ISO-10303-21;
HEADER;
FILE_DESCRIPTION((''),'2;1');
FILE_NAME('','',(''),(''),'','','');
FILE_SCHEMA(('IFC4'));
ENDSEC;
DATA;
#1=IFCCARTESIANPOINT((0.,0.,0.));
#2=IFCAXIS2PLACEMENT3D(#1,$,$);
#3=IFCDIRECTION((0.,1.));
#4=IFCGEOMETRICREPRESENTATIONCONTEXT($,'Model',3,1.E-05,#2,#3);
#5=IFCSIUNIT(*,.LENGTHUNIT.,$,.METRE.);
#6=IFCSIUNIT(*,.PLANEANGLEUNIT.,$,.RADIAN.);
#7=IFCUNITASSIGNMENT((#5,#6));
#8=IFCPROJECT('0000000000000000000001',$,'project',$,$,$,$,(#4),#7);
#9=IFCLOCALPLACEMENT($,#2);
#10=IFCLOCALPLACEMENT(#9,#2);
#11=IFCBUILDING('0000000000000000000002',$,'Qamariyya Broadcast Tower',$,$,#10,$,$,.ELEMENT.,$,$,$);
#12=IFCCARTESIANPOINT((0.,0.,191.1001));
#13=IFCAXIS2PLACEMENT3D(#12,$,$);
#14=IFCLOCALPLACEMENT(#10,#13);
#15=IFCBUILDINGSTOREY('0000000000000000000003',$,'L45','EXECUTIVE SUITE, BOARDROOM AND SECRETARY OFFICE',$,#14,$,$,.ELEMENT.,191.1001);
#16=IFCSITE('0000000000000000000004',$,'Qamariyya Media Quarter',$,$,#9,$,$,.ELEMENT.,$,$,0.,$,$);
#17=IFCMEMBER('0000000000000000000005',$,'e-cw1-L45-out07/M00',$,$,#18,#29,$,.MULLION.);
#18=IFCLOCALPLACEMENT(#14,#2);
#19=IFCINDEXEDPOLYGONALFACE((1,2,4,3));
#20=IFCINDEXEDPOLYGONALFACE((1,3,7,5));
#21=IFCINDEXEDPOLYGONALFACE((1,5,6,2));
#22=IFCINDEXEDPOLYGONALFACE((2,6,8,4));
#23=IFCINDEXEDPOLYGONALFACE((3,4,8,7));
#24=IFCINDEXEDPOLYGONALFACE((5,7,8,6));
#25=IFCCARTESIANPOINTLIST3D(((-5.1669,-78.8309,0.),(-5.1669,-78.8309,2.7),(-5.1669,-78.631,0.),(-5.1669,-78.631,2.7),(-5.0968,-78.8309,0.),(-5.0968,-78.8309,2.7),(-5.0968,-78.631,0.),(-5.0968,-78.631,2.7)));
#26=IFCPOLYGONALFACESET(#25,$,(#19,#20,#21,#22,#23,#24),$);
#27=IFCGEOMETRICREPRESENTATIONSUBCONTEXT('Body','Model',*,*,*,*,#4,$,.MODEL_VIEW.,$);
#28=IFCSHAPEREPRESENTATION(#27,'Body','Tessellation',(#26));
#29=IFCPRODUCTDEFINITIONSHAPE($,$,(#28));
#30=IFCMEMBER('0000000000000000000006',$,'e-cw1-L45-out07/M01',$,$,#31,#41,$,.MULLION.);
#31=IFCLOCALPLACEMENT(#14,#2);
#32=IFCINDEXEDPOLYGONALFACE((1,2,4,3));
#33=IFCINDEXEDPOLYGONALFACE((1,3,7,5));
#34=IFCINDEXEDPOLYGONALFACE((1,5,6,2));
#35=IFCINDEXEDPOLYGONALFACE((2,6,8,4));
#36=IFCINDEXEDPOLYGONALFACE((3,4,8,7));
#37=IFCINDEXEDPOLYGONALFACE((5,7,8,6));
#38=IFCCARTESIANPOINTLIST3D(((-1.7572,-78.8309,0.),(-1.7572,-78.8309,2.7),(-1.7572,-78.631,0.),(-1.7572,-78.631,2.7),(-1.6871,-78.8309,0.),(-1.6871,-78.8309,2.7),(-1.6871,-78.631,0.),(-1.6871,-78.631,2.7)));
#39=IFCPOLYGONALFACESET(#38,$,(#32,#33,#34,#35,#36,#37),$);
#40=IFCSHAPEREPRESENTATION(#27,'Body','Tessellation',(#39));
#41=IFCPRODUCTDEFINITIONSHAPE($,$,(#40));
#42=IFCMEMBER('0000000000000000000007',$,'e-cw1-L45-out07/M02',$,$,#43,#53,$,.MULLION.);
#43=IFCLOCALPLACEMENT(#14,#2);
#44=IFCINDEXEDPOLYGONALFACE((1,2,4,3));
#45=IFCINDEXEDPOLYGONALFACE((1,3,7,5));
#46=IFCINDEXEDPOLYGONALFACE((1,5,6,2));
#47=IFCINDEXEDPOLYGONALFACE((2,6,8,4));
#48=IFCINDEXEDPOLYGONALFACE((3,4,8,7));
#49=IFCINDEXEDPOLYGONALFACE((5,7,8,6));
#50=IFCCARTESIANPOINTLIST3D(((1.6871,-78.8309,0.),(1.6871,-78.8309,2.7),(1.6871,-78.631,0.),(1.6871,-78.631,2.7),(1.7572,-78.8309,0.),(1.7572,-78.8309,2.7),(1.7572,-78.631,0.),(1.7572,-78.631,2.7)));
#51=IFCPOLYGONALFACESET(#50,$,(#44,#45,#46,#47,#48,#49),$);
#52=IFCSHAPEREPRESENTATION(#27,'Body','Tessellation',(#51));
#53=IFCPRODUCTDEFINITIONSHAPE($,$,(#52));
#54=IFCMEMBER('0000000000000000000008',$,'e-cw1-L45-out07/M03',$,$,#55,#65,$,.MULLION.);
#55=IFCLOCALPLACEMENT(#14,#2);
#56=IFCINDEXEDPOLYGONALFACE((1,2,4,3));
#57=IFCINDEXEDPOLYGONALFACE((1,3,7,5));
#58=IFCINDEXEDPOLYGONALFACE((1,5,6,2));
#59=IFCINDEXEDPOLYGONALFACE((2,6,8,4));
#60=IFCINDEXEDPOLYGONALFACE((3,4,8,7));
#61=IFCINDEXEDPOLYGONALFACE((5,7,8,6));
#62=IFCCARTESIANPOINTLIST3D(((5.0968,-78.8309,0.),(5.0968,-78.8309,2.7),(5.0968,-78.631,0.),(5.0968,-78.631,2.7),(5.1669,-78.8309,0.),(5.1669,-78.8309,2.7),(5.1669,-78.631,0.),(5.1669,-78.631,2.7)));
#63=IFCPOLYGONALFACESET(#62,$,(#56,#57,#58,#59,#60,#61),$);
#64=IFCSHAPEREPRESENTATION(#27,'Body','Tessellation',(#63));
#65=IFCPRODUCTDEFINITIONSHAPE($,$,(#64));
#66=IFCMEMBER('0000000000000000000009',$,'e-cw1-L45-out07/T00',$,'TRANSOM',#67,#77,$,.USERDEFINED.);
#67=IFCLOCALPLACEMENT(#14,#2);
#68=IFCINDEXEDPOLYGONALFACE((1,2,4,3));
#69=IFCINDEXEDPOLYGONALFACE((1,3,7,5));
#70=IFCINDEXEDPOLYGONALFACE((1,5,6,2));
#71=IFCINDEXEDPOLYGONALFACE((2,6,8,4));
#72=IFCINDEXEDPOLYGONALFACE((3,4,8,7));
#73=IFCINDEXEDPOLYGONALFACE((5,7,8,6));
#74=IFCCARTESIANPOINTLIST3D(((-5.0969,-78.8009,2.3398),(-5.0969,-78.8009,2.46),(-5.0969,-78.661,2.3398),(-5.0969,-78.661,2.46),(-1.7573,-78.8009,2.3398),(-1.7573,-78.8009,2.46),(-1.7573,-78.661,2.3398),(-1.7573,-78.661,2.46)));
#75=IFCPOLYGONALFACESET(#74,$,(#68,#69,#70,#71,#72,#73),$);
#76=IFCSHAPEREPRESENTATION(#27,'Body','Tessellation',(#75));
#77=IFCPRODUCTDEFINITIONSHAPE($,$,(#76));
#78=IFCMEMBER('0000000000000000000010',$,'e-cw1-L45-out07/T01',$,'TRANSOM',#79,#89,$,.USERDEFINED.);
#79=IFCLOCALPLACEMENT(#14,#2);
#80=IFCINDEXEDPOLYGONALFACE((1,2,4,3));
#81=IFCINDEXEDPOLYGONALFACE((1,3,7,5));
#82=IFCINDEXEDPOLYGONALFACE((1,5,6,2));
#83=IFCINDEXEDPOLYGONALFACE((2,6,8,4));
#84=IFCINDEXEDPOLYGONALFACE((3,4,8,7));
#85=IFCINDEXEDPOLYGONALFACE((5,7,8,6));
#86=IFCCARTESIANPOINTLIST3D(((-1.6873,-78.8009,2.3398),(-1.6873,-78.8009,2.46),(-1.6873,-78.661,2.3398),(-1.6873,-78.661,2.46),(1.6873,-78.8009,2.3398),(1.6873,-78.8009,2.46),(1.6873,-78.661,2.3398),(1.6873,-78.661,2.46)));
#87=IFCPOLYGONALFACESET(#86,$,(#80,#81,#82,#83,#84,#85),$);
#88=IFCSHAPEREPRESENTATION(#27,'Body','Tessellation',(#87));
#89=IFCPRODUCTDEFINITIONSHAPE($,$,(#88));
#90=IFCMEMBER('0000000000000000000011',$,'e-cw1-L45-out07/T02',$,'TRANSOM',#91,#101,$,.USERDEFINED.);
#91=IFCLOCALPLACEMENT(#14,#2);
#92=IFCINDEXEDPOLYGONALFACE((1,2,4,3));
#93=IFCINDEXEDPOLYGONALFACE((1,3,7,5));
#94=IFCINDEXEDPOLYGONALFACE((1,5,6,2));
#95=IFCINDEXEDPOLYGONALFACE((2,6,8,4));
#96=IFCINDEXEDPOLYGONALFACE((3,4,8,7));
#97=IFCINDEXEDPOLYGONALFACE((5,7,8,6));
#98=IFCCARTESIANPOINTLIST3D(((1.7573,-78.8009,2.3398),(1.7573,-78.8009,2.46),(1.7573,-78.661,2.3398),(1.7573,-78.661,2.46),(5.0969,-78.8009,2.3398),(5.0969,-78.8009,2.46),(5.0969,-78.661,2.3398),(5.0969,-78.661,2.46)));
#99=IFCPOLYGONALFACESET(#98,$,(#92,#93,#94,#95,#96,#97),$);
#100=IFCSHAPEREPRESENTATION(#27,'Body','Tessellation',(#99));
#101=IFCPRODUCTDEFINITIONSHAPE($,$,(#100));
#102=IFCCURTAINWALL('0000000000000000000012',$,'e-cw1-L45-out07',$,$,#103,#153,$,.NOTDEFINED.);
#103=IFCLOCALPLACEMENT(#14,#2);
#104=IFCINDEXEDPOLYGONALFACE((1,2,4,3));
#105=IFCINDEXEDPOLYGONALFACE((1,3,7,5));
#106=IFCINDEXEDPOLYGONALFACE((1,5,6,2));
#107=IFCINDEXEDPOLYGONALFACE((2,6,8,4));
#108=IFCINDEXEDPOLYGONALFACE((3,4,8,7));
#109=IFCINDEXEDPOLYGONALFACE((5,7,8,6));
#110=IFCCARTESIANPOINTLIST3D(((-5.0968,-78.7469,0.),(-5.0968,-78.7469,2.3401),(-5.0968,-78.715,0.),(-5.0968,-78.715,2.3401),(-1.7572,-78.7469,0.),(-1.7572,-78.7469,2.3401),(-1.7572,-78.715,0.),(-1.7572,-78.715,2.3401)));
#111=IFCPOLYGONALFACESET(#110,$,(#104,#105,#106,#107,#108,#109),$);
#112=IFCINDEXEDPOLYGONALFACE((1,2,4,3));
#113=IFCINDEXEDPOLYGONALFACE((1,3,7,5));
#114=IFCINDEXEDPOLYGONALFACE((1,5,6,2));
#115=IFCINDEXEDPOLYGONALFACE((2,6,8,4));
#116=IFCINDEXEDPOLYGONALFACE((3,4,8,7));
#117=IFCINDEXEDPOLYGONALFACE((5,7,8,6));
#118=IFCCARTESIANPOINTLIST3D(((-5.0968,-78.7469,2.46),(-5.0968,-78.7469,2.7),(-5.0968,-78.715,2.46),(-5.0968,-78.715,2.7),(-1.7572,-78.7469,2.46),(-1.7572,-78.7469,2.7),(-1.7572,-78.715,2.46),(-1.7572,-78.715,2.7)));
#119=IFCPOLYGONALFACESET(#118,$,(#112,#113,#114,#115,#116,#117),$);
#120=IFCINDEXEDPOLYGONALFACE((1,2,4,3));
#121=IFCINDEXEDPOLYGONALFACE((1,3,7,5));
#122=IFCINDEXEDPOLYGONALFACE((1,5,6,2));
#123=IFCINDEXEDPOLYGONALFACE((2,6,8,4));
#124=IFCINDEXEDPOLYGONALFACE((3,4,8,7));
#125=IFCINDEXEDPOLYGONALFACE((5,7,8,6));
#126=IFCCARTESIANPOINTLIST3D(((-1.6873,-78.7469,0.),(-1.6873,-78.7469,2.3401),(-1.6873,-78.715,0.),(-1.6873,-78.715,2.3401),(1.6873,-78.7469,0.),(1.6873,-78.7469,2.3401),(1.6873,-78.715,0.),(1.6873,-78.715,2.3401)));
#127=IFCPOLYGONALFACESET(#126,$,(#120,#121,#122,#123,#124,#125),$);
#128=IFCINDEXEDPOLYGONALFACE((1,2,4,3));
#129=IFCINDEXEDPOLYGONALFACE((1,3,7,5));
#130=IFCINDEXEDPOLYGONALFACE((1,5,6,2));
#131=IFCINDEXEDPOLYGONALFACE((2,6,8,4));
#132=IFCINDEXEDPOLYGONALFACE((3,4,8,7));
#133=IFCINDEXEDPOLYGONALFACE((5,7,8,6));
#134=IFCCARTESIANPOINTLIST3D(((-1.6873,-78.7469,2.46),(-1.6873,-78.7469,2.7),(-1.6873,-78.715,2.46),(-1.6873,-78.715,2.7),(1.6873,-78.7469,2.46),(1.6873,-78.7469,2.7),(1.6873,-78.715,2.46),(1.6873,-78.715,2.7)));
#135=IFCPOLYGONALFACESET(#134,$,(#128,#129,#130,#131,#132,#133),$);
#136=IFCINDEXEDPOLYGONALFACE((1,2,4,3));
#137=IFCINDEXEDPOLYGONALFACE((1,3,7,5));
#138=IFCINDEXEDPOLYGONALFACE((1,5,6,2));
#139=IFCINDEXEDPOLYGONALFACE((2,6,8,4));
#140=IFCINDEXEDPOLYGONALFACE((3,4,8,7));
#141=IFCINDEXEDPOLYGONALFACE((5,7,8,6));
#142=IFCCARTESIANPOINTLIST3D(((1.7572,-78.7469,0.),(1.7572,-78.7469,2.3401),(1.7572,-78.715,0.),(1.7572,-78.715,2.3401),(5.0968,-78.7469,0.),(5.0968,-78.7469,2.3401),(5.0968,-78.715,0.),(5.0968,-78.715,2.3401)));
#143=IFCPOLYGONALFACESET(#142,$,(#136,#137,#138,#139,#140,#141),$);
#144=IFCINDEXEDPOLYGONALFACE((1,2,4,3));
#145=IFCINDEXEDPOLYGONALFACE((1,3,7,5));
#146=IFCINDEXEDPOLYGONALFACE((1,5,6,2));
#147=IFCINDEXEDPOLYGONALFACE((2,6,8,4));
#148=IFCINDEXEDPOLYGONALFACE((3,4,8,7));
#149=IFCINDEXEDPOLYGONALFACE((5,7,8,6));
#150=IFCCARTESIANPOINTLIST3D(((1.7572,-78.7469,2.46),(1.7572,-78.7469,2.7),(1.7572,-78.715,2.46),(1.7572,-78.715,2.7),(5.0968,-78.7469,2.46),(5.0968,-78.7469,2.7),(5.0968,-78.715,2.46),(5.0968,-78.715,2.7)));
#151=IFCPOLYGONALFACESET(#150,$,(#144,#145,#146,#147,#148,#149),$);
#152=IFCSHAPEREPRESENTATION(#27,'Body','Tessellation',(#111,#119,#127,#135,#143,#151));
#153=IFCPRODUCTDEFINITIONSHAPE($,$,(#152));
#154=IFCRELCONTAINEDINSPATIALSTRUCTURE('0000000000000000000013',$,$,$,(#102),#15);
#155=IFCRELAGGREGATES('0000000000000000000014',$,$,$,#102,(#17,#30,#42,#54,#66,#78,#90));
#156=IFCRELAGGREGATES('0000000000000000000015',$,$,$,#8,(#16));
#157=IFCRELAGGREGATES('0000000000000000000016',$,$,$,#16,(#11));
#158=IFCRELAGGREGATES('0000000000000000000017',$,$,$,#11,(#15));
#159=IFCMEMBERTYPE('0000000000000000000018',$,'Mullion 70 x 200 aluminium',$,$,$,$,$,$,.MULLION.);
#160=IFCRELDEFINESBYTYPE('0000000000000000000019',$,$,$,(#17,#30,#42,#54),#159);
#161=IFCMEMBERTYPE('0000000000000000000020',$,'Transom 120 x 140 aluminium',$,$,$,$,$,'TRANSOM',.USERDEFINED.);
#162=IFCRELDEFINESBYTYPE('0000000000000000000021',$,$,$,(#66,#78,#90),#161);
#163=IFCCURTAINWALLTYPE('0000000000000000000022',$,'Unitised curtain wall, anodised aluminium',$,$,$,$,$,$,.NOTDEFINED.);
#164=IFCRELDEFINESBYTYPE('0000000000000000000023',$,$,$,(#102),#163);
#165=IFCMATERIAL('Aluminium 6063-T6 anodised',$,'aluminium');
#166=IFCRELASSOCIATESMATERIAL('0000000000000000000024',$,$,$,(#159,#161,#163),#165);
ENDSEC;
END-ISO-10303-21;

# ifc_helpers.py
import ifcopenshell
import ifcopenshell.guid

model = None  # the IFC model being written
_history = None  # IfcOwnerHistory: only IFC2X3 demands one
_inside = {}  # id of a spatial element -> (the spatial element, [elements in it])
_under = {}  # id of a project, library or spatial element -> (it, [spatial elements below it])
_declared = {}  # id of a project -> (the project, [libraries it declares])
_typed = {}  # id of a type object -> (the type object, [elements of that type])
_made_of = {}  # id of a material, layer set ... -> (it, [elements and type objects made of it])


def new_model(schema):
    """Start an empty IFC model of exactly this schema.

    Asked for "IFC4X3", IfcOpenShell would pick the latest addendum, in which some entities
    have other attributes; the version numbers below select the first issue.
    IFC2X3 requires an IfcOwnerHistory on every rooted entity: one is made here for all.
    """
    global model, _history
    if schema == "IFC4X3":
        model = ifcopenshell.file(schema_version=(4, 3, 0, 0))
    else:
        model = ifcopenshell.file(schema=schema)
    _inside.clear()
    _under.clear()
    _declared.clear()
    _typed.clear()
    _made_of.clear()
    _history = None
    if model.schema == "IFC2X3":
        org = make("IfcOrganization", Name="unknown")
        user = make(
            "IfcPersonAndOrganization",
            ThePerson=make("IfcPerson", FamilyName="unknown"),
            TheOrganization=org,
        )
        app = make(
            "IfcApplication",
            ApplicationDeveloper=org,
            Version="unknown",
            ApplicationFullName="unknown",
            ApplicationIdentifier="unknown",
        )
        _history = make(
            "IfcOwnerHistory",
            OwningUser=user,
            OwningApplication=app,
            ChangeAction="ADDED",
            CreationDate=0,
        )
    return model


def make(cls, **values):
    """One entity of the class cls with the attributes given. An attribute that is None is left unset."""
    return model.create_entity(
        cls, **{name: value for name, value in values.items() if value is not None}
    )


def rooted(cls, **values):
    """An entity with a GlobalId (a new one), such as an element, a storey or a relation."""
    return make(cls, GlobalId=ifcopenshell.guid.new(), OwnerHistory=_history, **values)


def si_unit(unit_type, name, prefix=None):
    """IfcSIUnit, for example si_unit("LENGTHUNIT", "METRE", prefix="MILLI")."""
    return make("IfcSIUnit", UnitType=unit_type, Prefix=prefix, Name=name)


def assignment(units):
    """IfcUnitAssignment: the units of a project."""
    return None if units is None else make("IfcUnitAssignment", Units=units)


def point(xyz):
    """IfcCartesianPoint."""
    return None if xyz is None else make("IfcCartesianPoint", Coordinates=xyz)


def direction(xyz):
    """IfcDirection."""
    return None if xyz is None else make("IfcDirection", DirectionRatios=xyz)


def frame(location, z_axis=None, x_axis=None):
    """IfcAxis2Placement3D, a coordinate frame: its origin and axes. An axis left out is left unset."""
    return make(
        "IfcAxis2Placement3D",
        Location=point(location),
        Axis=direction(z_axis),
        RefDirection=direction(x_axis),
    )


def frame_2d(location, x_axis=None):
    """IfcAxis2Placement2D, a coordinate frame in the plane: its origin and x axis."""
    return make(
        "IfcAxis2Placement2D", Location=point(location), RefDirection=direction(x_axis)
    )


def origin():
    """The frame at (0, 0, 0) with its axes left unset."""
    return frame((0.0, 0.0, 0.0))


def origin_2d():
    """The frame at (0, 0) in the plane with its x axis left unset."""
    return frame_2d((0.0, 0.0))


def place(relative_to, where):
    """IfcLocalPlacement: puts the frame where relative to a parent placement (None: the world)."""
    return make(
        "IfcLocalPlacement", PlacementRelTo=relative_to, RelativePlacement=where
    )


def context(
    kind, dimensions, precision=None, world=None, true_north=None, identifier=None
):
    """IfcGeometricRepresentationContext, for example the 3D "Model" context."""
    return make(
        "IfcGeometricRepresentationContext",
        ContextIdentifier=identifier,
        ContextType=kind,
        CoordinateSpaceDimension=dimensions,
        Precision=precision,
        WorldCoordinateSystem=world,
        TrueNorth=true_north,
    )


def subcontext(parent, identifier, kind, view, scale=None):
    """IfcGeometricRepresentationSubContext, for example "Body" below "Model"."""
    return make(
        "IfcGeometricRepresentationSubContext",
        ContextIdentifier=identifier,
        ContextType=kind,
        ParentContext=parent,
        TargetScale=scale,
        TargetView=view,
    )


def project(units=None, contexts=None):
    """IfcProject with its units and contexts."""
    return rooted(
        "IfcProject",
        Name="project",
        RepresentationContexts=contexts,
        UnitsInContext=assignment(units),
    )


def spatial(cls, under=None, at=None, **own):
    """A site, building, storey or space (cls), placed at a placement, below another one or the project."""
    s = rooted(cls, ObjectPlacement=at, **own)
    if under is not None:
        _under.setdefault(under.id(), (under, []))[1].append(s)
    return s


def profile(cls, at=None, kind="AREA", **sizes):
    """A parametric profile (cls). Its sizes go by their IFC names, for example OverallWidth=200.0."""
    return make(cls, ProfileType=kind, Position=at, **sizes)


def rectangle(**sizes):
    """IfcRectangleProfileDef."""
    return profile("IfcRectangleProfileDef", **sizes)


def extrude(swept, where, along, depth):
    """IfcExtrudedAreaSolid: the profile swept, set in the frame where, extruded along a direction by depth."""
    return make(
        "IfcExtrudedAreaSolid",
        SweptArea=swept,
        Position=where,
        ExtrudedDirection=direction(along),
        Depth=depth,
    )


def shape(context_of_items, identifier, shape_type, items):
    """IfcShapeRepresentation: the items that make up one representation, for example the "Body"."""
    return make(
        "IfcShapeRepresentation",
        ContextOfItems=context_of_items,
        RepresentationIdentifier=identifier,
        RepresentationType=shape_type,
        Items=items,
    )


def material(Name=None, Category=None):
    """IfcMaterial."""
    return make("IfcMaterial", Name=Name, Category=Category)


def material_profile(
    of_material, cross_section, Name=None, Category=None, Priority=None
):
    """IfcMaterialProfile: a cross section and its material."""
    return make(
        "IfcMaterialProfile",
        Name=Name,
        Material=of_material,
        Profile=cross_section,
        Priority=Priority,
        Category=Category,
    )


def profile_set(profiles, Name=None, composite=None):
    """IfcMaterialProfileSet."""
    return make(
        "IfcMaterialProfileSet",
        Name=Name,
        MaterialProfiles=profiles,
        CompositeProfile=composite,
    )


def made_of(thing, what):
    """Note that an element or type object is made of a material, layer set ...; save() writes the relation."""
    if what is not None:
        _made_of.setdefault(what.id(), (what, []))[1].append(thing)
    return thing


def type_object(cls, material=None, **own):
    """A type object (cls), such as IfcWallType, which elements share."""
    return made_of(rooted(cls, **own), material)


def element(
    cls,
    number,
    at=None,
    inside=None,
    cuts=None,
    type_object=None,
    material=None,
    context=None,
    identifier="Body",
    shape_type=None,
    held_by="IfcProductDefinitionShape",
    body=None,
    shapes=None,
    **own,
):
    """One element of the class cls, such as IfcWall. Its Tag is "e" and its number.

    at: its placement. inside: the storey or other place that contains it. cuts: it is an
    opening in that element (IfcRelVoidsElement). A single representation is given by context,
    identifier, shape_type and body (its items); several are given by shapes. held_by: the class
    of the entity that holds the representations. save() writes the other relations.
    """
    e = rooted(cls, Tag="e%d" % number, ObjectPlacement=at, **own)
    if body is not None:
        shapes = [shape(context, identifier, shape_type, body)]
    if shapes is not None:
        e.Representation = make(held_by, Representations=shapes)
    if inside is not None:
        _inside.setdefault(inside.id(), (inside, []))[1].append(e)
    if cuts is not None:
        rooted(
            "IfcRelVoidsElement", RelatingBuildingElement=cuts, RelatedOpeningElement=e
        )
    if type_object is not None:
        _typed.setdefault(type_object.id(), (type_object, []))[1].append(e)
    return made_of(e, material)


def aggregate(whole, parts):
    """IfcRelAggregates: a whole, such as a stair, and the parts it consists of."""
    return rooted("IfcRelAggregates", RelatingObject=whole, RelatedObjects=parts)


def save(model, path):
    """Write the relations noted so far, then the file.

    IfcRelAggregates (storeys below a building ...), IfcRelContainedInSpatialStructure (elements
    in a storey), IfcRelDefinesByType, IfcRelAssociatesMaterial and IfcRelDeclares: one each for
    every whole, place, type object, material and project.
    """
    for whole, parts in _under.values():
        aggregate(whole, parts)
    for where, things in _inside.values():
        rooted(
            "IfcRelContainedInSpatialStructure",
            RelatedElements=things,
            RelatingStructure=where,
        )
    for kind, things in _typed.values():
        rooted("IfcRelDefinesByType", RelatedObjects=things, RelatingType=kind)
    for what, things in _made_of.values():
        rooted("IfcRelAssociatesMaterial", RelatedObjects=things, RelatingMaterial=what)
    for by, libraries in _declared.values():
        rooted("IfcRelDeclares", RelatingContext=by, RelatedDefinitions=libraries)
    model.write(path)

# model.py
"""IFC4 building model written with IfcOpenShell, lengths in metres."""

from ifc_helpers import new_model, si_unit, direction, frame, origin, origin_2d, place, context, subcontext, project, spatial, rectangle, extrude, material, material_profile, profile_set, type_object, element, aggregate, save


model = new_model("IFC4")

# Units and contexts
model_context = context("Model", 3, precision=1e-05, world=origin(), true_north=direction((0.0, 1.0)))
body_context = subcontext(model_context, "Body", "Model", "MODEL_VIEW")
ifc_project = project(units=[si_unit("LENGTHUNIT", "METRE"), si_unit("PLANEANGLEUNIT", "RADIAN")], contexts=[model_context])

# Members
ifc_material = material(Name="Aluminium 6063-T6 anodised", Category="aluminium")
ifc_material_profile_1 = material_profile(ifc_material, rectangle(XDim=0.2, YDim=0.0701, at=origin_2d()))
ifc_profile_set_1 = profile_set([ifc_material_profile_1], Name="Aluminium 6063-T6 anodised")
member_type_1 = type_object("IfcMemberType", Name="Mullion 70 x 200 aluminium", PredefinedType="MULLION", material=ifc_profile_set_1)
site_placement = place(None, origin())
building_placement = place(site_placement, origin())
storey_placement = place(building_placement, frame((0.0, 0.0, 191.1001)))
member_1_placement = place(storey_placement, frame((-5.1318, -78.731, 0.0), z_axis=(0.0, 0.0, 1.0), x_axis=(0.0, 1.0, 0.0)))
member_1 = element("IfcMember", 1, at=member_1_placement, type_object=member_type_1, Name="e-cw1-L45-out07/M00", PredefinedType="MULLION", context=body_context, shape_type="SweptSolid", body=[
    extrude(rectangle(XDim=0.2, YDim=0.0701, at=origin_2d()), origin(), (0.0, 0.0, 1.0), 2.7),
])
member_2_placement = place(storey_placement, frame((-1.7222, -78.731, 0.0), z_axis=(0.0, 0.0, 1.0), x_axis=(0.0, 1.0, 0.0)))
member_2 = element("IfcMember", 2, at=member_2_placement, type_object=member_type_1, Name="e-cw1-L45-out07/M01", PredefinedType="MULLION", context=body_context, shape_type="SweptSolid", body=[
    extrude(rectangle(XDim=0.2, YDim=0.0701, at=origin_2d()), origin(), (0.0, 0.0, 1.0), 2.7),
])
member_3_placement = place(storey_placement, frame((1.7222, -78.731, 0.0), z_axis=(0.0, 0.0, 1.0), x_axis=(0.0, 1.0, 0.0)))
member_3 = element("IfcMember", 3, at=member_3_placement, type_object=member_type_1, Name="e-cw1-L45-out07/M02", PredefinedType="MULLION", context=body_context, shape_type="SweptSolid", body=[
    extrude(rectangle(XDim=0.2, YDim=0.0701, at=origin_2d()), origin(), (0.0, 0.0, 1.0), 2.7),
])
member_4_placement = place(storey_placement, frame((5.1318, -78.731, 0.0), z_axis=(0.0, 0.0, 1.0), x_axis=(0.0, 1.0, 0.0)))
member_4 = element("IfcMember", 4, at=member_4_placement, type_object=member_type_1, Name="e-cw1-L45-out07/M03", PredefinedType="MULLION", context=body_context, shape_type="SweptSolid", body=[
    extrude(rectangle(XDim=0.2, YDim=0.0701, at=origin_2d()), origin(), (0.0, 0.0, 1.0), 2.7),
])
ifc_material_profile_2 = material_profile(ifc_material, rectangle(XDim=0.1399, YDim=0.1201, at=origin_2d()))
ifc_profile_set_2 = profile_set([ifc_material_profile_2], Name="Aluminium 6063-T6 anodised")
member_type_2 = type_object("IfcMemberType", Name="Transom 120 x 140 aluminium", ElementType="TRANSOM", PredefinedType="USERDEFINED", material=ifc_profile_set_2)
member_5_placement = place(storey_placement, frame((-5.0969, -78.731, 2.3999), z_axis=(1.0, 0.0, 0.0), x_axis=(0.0, 1.0, 0.0)))
member_5 = element("IfcMember", 5, at=member_5_placement, type_object=member_type_2, Name="e-cw1-L45-out07/T00", ObjectType="TRANSOM", PredefinedType="USERDEFINED", context=body_context, shape_type="SweptSolid", body=[
    extrude(rectangle(XDim=0.1399, YDim=0.1201, at=origin_2d()), origin(), (0.0, 0.0, 1.0), 3.3396),
])
member_6_placement = place(storey_placement, frame((-1.6873, -78.731, 2.3999), z_axis=(1.0, 0.0, 0.0), x_axis=(0.0, 1.0, 0.0)))
member_6 = element("IfcMember", 6, at=member_6_placement, type_object=member_type_2, Name="e-cw1-L45-out07/T01", ObjectType="TRANSOM", PredefinedType="USERDEFINED", context=body_context, shape_type="SweptSolid", body=[
    extrude(rectangle(XDim=0.1399, YDim=0.1201, at=origin_2d()), origin(), (0.0, 0.0, 1.0), 3.3745),
])
member_7_placement = place(storey_placement, frame((1.7573, -78.731, 2.3999), z_axis=(1.0, 0.0, 0.0), x_axis=(0.0, 1.0, 0.0)))
member_7 = element("IfcMember", 7, at=member_7_placement, type_object=member_type_2, Name="e-cw1-L45-out07/T02", ObjectType="TRANSOM", PredefinedType="USERDEFINED", context=body_context, shape_type="SweptSolid", body=[
    extrude(rectangle(XDim=0.1399, YDim=0.1201, at=origin_2d()), origin(), (0.0, 0.0, 1.0), 3.3396),
])

# Site, building, storey
site = spatial("IfcSite", under=ifc_project, at=site_placement, Name="Qamariyya Media Quarter", CompositionType="ELEMENT", RefElevation=0.0)
building = spatial("IfcBuilding", under=site, at=building_placement, Name="Qamariyya Broadcast Tower", CompositionType="ELEMENT")
storey = spatial("IfcBuildingStorey", under=building, at=storey_placement, Name="L45", Description="EXECUTIVE SUITE, BOARDROOM AND SECRETARY OFFICE", CompositionType="ELEMENT", Elevation=191.1001)

# Curtain wall
curtain_wall_type = type_object("IfcCurtainWallType", Name="Unitised curtain wall, anodised aluminium", PredefinedType="NOTDEFINED", material=ifc_material)
curtain_wall_1_placement = place(storey_placement, origin())
curtain_wall_1 = element("IfcCurtainWall", 8, at=curtain_wall_1_placement, inside=storey, type_object=curtain_wall_type, Name="e-cw1-L45-out07", PredefinedType="NOTDEFINED", context=body_context, shape_type="SweptSolid", body=[
    extrude(rectangle(XDim=3.3396, YDim=0.032, at=origin_2d()), frame((-3.427, -78.731, 0.0), x_axis=(1.0, 0.0, 0.0)), (0.0, 0.0, 1.0), 2.3401),
    extrude(rectangle(XDim=3.3396, YDim=0.032, at=origin_2d()), frame((-3.427, -78.731, 2.46), x_axis=(1.0, 0.0, 0.0)), (0.0, 0.0, 1.0), 0.24),
    extrude(rectangle(XDim=3.3745, YDim=0.032, at=origin_2d()), frame((0.0, -78.731, 0.0), x_axis=(1.0, 0.0, 0.0)), (0.0, 0.0, 1.0), 2.3401),
    extrude(rectangle(XDim=3.3745, YDim=0.032, at=origin_2d()), frame((0.0, -78.731, 2.46), x_axis=(1.0, 0.0, 0.0)), (0.0, 0.0, 1.0), 0.24),
    extrude(rectangle(XDim=3.3396, YDim=0.032, at=origin_2d()), frame((3.427, -78.731, 0.0), x_axis=(1.0, 0.0, 0.0)), (0.0, 0.0, 1.0), 2.3401),
    extrude(rectangle(XDim=3.3396, YDim=0.032, at=origin_2d()), frame((3.427, -78.731, 2.46), x_axis=(1.0, 0.0, 0.0)), (0.0, 0.0, 1.0), 0.24),
])
aggregate(curtain_wall_1, [member_1, member_2, member_3, member_4, member_5, member_6, member_7])

save(model, "model.ifc")
